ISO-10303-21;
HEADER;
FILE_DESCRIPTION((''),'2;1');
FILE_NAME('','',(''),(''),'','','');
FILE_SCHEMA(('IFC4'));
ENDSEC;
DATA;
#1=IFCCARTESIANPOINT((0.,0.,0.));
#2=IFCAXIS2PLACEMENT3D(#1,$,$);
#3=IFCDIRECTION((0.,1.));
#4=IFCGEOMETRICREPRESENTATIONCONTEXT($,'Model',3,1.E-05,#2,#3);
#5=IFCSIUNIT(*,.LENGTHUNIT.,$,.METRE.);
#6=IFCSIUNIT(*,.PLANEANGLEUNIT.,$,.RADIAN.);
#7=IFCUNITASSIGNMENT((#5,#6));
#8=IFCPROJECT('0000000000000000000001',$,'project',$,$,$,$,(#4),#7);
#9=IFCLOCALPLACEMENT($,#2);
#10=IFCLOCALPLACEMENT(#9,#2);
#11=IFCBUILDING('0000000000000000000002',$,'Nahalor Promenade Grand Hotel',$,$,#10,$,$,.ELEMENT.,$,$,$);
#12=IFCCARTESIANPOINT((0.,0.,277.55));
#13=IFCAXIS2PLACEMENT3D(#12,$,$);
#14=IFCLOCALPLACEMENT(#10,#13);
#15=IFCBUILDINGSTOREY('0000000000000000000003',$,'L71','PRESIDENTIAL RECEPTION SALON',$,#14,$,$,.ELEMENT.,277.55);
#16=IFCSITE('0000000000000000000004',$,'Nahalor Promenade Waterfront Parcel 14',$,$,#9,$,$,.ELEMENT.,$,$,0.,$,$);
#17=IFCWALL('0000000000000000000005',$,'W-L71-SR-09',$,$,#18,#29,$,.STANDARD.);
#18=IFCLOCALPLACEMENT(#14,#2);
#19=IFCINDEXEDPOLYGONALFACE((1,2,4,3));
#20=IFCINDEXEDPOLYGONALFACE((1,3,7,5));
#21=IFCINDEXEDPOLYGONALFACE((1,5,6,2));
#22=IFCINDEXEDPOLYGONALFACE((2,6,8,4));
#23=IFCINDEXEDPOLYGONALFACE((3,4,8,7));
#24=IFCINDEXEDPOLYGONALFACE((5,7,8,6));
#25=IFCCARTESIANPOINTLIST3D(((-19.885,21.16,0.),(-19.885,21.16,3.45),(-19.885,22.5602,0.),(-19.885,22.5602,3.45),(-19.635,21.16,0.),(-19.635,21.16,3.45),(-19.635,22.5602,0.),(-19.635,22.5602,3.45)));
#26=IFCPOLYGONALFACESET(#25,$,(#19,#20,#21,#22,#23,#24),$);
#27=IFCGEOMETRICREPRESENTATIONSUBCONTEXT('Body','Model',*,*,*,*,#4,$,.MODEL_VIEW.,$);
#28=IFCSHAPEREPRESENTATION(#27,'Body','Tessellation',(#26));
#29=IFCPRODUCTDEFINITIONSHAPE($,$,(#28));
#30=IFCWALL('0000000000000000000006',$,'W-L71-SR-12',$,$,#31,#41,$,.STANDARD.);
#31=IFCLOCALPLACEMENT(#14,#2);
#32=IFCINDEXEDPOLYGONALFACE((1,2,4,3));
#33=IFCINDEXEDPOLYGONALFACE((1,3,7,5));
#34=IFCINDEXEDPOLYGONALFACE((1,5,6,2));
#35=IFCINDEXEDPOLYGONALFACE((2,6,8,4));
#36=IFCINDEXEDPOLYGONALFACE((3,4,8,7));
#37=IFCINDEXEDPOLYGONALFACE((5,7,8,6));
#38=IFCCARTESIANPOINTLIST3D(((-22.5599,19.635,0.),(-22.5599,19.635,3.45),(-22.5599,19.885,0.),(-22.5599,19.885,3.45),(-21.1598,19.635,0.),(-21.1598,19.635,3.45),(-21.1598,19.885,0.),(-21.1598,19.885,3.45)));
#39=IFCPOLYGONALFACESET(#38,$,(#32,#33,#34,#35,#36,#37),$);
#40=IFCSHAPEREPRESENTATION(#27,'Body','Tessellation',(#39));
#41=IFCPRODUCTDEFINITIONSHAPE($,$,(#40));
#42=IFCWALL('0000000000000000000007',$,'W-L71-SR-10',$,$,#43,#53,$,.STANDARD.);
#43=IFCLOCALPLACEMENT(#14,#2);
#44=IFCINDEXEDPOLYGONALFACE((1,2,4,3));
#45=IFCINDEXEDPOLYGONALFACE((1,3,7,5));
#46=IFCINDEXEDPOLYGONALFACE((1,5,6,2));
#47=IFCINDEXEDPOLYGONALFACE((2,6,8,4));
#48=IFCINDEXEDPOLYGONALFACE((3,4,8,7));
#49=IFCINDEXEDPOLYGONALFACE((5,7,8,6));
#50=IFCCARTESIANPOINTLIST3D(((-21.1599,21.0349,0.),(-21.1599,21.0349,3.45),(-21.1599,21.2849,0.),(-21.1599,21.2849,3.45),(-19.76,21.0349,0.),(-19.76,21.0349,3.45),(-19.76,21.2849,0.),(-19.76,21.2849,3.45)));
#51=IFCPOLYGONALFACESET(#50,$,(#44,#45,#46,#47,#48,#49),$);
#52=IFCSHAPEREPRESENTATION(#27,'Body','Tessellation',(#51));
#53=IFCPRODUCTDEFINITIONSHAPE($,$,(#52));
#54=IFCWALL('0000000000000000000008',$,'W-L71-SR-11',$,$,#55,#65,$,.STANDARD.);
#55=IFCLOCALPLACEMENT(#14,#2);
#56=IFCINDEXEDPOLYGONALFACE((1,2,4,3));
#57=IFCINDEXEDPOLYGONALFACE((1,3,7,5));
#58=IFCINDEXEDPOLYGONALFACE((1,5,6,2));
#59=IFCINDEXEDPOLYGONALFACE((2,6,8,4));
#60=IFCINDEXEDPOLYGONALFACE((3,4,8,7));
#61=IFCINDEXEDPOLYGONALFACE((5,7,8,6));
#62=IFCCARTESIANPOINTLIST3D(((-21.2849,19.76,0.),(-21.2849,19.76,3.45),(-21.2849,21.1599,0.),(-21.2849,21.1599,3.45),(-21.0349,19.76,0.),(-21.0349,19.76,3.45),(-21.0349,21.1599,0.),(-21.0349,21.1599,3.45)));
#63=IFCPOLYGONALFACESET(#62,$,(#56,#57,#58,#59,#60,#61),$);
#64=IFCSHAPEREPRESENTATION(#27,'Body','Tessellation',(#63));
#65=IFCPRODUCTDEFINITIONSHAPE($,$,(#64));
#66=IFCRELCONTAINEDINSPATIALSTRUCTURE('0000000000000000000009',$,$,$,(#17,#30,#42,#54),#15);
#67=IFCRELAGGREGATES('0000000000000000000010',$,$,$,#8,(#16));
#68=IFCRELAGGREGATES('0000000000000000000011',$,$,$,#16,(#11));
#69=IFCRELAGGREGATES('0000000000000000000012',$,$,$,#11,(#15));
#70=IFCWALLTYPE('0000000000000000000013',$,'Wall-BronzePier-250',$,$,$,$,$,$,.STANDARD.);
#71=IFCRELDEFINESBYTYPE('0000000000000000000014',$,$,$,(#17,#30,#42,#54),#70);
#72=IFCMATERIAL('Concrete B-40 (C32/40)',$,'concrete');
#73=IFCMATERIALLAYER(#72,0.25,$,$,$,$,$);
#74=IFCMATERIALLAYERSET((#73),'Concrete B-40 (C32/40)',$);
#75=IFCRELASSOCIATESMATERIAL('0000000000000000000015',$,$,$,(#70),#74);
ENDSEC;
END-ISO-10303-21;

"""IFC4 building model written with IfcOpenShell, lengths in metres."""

from ifc_helpers import new_model, si_unit, direction, frame, frame_2d, origin, place, context, subcontext, project, spatial, rectangle, extrude, source, transform, mapped, material, layer, layer_set, type_object, element, save


model = new_model("IFC4")

# Units and contexts
model_context = context("Model", 3, precision=1e-05, world=origin(), true_north=direction((0.0, 1.0)))
body_context = subcontext(model_context, "Body", "Model", "MODEL_VIEW")
ifc_project = project(units=[si_unit("LENGTHUNIT", "METRE"), si_unit("PLANEANGLEUNIT", "RADIAN")], contexts=[model_context])

# Site, building, storey
site_placement = place(None, origin())
site = spatial("IfcSite", under=ifc_project, at=site_placement, Name="Nahalor Promenade Waterfront Parcel 14", CompositionType="ELEMENT", RefElevation=0.0)
building_placement = place(site_placement, origin())
building = spatial("IfcBuilding", under=site, at=building_placement, Name="Nahalor Promenade Grand Hotel", CompositionType="ELEMENT")
storey_placement = place(building_placement, frame((0.0, 0.0, 277.55)))
storey = spatial("IfcBuildingStorey", under=building, at=storey_placement, Name="L71", Description="PRESIDENTIAL RECEPTION SALON", CompositionType="ELEMENT", Elevation=277.55)

# Walls
ifc_material_1 = material(Name="Concrete B-40 (C32/40)", Category="concrete")
ifc_layer_1 = layer(ifc_material_1, 0.25)
ifc_layer_set_1 = layer_set([ifc_layer_1], Name="Concrete B-40 (C32/40)")
wall_type = type_object("IfcWallType", Name="Wall-BronzePier-250", PredefinedType="STANDARD", material=ifc_layer_set_1)
shared_shape_1 = source(origin(), body_context, "Body", "SweptSolid", [
    extrude(rectangle(XDim=1.4001, YDim=0.25, at=frame_2d((0.7002, 0.0))), origin(), (0.0, 0.0, 1.0), 3.45),
])
for number, where, z_axis, x_axis, name in (
    (1, (-19.76, 21.1599, 0.0), (0.0, 0.0, 1.0), (0.0, 1.0, 0.0), "W-L71-SR-09"),
    (2, (-22.5601, 19.76, 0.0), (0.0, 0.0, 1.0), (1.0, 0.0, 0.0), "W-L71-SR-12"),
):
    element("IfcWall", number, at=place(storey_placement, frame(where, z_axis=z_axis, x_axis=x_axis)), inside=storey, type_object=wall_type, Name=name, PredefinedType="STANDARD", context=body_context, shape_type="MappedRepresentation", body=[
        mapped(shared_shape_1, transform((0.0, 0.0, 0.0), scale=1.0)),
    ])
shared_shape_2 = source(origin(), body_context, "Body", "SweptSolid", [
    extrude(rectangle(XDim=1.3999, YDim=0.25, at=frame_2d((0.7, 0.0))), origin(), (0.0, 0.0, 1.0), 3.45),
])
for number, where, z_axis, x_axis, name in (
    (3, (-21.1599, 21.1599, 0.0), (0.0, 0.0, 1.0), (1.0, 0.0, 0.0), "W-L71-SR-10"),
    (4, (-21.1599, 19.76, 0.0), (0.0, 0.0, 1.0), (0.0, 1.0, 0.0), "W-L71-SR-11"),
):
    element("IfcWall", number, at=place(storey_placement, frame(where, z_axis=z_axis, x_axis=x_axis)), inside=storey, type_object=wall_type, Name=name, PredefinedType="STANDARD", context=body_context, shape_type="MappedRepresentation", body=[
        mapped(shared_shape_2, transform((0.0, 0.0, 0.0), scale=1.0)),
    ])

save(model, "model.ifc")
